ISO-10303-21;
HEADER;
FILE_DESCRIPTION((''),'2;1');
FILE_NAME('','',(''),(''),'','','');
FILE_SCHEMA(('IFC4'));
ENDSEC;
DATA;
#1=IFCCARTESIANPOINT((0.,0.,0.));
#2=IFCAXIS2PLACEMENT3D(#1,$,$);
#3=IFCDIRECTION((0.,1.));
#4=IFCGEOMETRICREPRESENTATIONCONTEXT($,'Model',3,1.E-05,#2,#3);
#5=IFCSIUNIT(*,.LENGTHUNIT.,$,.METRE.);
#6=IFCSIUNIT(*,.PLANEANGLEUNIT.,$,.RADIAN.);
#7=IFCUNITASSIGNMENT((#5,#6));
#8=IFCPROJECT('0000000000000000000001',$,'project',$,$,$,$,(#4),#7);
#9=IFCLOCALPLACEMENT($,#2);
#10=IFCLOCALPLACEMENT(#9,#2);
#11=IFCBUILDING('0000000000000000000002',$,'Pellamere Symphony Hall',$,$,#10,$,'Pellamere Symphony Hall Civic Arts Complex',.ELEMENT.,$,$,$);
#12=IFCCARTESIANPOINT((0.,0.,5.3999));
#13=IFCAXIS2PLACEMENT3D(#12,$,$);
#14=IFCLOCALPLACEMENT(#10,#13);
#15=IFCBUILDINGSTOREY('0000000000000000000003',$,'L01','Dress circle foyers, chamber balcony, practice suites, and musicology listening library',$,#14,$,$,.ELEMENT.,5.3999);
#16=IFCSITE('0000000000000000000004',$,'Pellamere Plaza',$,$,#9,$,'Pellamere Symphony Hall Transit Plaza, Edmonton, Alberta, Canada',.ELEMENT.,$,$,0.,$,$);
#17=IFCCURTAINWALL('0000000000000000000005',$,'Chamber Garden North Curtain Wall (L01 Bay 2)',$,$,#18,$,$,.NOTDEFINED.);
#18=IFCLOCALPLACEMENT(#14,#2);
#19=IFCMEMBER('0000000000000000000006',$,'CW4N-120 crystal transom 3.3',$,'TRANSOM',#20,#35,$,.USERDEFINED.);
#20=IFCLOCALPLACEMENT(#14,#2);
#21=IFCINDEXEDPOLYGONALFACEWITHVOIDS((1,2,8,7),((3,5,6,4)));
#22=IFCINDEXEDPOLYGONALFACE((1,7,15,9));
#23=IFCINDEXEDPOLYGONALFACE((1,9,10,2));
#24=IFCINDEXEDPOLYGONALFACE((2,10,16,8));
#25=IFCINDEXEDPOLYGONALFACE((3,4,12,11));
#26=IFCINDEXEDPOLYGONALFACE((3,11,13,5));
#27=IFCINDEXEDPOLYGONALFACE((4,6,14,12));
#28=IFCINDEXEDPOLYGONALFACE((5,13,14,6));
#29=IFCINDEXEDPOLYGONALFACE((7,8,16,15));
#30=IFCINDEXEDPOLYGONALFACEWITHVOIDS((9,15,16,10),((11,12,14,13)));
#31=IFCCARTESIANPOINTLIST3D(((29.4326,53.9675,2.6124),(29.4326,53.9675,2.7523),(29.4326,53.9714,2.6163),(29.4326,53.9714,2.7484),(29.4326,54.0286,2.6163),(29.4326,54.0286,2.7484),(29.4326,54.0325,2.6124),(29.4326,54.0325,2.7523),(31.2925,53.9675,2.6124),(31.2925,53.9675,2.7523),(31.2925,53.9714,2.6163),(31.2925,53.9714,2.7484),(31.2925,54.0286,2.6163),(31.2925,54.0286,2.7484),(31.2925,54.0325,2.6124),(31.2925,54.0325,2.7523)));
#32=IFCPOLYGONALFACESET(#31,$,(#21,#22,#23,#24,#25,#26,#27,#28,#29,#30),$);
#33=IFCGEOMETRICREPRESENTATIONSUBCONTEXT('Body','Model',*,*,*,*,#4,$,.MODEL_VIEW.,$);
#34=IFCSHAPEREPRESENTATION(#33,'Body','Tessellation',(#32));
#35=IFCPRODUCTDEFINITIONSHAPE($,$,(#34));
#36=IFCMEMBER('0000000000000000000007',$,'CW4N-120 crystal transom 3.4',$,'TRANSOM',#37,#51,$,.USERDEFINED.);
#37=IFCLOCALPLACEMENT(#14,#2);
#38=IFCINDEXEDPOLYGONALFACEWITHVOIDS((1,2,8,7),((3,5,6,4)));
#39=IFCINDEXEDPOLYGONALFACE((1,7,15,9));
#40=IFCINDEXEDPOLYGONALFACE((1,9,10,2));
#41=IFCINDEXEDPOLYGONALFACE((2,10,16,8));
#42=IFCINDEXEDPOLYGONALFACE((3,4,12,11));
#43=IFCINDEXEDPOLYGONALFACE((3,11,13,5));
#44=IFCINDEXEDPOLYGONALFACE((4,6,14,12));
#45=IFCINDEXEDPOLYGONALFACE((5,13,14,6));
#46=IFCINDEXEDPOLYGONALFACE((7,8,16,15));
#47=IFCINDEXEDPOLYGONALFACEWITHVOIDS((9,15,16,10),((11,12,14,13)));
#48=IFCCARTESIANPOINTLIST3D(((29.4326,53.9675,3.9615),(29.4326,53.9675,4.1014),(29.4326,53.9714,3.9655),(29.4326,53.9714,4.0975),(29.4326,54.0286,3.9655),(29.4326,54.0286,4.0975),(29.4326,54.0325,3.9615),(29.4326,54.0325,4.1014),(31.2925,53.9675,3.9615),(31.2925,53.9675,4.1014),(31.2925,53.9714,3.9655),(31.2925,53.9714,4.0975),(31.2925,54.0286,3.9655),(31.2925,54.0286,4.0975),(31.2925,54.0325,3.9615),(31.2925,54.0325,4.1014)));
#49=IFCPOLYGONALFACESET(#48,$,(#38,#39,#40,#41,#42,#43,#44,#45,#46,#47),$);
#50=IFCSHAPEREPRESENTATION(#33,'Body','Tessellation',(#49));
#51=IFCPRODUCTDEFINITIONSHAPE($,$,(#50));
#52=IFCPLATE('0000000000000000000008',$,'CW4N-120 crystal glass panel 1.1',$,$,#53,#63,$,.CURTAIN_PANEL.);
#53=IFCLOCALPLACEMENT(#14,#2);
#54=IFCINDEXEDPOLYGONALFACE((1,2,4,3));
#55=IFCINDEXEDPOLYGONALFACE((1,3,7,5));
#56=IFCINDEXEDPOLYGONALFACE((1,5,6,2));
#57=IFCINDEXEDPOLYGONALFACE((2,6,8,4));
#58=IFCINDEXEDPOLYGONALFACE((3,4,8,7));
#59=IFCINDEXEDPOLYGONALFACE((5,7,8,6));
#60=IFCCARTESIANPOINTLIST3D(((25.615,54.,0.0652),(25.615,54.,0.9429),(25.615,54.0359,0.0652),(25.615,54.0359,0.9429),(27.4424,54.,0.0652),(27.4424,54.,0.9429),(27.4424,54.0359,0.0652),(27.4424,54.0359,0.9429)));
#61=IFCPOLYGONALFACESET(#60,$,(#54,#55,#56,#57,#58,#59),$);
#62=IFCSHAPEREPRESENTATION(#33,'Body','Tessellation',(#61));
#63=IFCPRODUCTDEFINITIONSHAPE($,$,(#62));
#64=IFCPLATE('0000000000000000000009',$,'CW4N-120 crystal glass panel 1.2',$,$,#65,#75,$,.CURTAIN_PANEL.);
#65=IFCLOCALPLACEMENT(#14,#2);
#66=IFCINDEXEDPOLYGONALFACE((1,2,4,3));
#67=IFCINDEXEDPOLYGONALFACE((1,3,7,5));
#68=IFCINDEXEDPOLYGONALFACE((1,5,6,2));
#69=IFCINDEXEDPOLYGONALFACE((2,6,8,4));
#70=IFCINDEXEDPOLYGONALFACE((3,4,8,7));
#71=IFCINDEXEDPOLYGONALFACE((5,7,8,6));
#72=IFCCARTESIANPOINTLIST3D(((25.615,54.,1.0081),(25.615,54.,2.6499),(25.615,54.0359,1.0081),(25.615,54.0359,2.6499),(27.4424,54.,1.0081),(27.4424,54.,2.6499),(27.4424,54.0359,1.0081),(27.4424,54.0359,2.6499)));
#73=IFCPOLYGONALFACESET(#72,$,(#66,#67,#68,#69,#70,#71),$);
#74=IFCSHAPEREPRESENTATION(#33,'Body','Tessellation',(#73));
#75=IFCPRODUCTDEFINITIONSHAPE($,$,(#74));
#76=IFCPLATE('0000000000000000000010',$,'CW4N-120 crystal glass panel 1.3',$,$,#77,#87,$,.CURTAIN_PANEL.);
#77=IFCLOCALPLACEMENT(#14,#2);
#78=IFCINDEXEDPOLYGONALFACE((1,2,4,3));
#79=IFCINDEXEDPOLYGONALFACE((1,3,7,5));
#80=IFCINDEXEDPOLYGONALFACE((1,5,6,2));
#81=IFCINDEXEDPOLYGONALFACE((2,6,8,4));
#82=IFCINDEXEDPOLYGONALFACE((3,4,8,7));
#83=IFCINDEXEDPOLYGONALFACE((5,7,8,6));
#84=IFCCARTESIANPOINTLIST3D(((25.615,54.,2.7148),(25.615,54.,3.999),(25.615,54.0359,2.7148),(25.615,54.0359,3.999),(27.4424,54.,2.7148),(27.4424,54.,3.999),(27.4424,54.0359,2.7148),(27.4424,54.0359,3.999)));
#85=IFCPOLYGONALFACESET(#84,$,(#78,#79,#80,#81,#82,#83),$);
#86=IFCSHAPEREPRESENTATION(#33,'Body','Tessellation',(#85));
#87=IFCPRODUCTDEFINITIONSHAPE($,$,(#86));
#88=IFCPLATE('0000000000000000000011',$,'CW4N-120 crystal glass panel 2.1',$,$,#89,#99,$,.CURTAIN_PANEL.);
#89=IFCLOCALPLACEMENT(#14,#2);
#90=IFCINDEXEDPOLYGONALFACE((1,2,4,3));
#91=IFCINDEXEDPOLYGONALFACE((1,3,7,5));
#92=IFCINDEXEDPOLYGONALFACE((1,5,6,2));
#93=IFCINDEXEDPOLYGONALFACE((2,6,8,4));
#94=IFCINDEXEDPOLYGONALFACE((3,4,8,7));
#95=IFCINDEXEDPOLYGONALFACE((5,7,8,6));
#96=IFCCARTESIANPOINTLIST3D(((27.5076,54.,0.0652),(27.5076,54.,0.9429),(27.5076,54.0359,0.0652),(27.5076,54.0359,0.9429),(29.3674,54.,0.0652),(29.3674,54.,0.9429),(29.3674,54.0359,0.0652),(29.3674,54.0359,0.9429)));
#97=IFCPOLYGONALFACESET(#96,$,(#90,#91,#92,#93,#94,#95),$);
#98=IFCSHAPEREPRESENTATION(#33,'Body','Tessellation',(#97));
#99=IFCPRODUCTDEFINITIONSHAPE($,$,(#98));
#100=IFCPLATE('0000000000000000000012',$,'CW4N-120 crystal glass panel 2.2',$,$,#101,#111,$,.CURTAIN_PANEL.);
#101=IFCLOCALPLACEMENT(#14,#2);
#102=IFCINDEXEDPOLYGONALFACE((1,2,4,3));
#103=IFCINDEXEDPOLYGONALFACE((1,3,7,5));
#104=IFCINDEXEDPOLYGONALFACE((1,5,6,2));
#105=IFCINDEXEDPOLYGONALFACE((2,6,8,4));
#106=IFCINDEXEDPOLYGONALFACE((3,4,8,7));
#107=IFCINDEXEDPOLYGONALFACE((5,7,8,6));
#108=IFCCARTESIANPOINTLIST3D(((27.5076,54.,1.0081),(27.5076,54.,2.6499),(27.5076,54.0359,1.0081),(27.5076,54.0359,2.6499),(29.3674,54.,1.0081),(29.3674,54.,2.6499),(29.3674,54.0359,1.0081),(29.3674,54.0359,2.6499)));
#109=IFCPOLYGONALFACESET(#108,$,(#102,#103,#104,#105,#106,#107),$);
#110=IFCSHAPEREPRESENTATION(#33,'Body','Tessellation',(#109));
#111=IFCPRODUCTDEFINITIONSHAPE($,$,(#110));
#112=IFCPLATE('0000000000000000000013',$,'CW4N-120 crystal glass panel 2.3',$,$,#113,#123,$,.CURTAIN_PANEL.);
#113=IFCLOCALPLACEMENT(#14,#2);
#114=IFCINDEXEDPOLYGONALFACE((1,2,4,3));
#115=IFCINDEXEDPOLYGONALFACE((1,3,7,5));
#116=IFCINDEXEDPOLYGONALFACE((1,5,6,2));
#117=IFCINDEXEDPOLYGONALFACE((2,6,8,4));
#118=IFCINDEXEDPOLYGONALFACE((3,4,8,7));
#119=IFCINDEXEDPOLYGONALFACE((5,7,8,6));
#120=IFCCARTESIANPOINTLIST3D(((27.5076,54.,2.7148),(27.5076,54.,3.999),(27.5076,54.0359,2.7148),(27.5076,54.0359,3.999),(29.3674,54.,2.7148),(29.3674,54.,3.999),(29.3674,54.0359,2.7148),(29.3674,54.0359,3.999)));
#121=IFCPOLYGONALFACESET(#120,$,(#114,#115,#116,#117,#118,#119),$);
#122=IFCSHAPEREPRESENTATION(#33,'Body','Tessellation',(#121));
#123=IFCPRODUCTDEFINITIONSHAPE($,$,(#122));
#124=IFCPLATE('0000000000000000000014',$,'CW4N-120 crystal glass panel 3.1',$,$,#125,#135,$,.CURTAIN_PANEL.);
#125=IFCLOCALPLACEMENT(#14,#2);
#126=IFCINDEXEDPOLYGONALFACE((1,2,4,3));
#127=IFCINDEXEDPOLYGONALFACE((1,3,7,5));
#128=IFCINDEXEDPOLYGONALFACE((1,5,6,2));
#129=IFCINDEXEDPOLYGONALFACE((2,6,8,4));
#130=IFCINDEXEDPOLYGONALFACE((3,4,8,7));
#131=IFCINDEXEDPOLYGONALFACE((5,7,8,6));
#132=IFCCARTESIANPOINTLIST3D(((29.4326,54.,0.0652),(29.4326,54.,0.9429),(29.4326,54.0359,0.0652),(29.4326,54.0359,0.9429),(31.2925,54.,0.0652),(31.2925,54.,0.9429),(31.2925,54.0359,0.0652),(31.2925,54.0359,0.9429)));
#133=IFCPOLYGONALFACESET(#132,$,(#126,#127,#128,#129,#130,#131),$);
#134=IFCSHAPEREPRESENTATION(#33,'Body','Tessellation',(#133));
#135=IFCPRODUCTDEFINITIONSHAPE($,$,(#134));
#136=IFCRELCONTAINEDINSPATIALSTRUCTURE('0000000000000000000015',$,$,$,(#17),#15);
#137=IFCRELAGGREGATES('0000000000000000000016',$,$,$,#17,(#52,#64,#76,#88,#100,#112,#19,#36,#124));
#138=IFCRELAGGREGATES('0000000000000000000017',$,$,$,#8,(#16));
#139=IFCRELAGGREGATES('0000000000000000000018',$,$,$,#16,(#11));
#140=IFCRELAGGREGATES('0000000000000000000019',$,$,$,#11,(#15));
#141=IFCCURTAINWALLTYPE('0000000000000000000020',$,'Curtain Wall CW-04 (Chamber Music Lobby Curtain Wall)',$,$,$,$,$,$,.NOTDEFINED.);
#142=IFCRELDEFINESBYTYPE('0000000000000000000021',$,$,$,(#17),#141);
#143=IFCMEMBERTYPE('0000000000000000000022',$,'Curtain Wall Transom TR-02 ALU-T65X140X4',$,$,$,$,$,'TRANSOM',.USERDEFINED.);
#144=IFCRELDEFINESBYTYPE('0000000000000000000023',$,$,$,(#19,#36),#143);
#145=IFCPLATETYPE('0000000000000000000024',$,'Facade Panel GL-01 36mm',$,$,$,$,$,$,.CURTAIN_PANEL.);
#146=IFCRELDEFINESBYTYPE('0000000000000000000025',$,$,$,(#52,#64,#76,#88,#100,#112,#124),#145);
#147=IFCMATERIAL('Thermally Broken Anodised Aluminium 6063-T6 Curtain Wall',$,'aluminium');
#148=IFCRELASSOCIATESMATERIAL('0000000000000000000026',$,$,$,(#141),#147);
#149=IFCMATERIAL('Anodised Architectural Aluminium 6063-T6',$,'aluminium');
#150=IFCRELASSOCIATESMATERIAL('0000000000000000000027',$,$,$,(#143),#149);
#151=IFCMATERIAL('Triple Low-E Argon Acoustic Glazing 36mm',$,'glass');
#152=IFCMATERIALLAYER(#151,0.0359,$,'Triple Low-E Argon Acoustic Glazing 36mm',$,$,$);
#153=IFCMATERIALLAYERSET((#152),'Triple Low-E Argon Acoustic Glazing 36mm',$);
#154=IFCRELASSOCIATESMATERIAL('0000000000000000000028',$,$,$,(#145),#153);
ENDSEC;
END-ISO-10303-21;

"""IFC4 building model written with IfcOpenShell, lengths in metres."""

from ifc_helpers import new_model, si_unit, direction, frame, origin, origin_2d, place, context, subcontext, project, spatial, polyline, hollow_rectangle, outline, extrude, material, layer, layer_set, material_profile, profile_set, type_object, element, aggregate, save


model = new_model("IFC4")

# Units and contexts
model_context = context("Model", 3, precision=1e-05, world=origin(), true_north=direction((0.0, 1.0)))
body_context = subcontext(model_context, "Body", "Model", "MODEL_VIEW")
ifc_project = project(units=[si_unit("LENGTHUNIT", "METRE"), si_unit("PLANEANGLEUNIT", "RADIAN")], contexts=[model_context])

# Site, building, storey
site_placement = place(None, origin())
site = spatial("IfcSite", under=ifc_project, at=site_placement, Name="Pellamere Plaza", LongName="Pellamere Symphony Hall Transit Plaza, Edmonton, Alberta, Canada", CompositionType="ELEMENT", RefElevation=0.0)
building_placement = place(site_placement, origin())
building = spatial("IfcBuilding", under=site, at=building_placement, Name="Pellamere Symphony Hall", LongName="Pellamere Symphony Hall Civic Arts Complex", CompositionType="ELEMENT")
storey_placement = place(building_placement, frame((0.0, 0.0, 5.3999)))
storey = spatial("IfcBuildingStorey", under=building, at=storey_placement, Name="L01", Description="Dress circle foyers, chamber balcony, practice suites, and musicology listening library", CompositionType="ELEMENT", Elevation=5.3999)

# Curtain wall, members, plates
ifc_material_1 = material(Name="Thermally Broken Anodised Aluminium 6063-T6 Curtain Wall", Category="aluminium")
curtain_wall_type = type_object("IfcCurtainWallType", Name="Curtain Wall CW-04 (Chamber Music Lobby Curtain Wall)", PredefinedType="NOTDEFINED", material=ifc_material_1)
curtain_wall_placement = place(storey_placement, origin())
curtain_wall = element("IfcCurtainWall", 1, at=curtain_wall_placement, inside=storey, type_object=curtain_wall_type, Name="Chamber Garden North Curtain Wall (L01 Bay 2)", PredefinedType="NOTDEFINED")
ifc_material_2 = material(Name="Anodised Architectural Aluminium 6063-T6", Category="aluminium")
ifc_material_profile_1 = material_profile(ifc_material_2, hollow_rectangle(XDim=0.0649, YDim=0.1399, WallThickness=0.0039, at=origin_2d()), Name="ALU-T65X140X4")
ifc_profile_set_1 = profile_set([ifc_material_profile_1], Name="Anodised Architectural Aluminium 6063-T6")
member_type_1 = type_object("IfcMemberType", Name="Curtain Wall Transom TR-02 ALU-T65X140X4", ElementType="TRANSOM", PredefinedType="USERDEFINED", material=ifc_profile_set_1)
member_1_placement = place(storey_placement, frame((29.4326, 54.0, 2.6824), z_axis=(1.0, 0.0, 0.0), x_axis=(0.0, 1.0, 0.0)))
member_1 = element("IfcMember", 2, at=member_1_placement, type_object=member_type_1, Name="CW4N-120 crystal transom 3.3", ObjectType="TRANSOM", PredefinedType="USERDEFINED", context=body_context, shape_type="SweptSolid", body=[
    extrude(hollow_rectangle(XDim=0.0649, YDim=0.1399, WallThickness=0.0039, at=origin_2d()), origin(), (0.0, 0.0, 1.0), 1.8599),
])
member_2_placement = place(storey_placement, frame((29.4326, 54.0, 4.0315), z_axis=(1.0, 0.0, 0.0), x_axis=(0.0, 1.0, 0.0)))
member_2 = element("IfcMember", 3, at=member_2_placement, type_object=member_type_1, Name="CW4N-120 crystal transom 3.4", ObjectType="TRANSOM", PredefinedType="USERDEFINED", context=body_context, shape_type="SweptSolid", body=[
    extrude(hollow_rectangle(XDim=0.0649, YDim=0.1399, WallThickness=0.0039, at=origin_2d()), origin(), (0.0, 0.0, 1.0), 1.8599),
])
ifc_material_3 = material(Name="Triple Low-E Argon Acoustic Glazing 36mm", Category="glass")
ifc_layer = layer(ifc_material_3, 0.0359, Name="Triple Low-E Argon Acoustic Glazing 36mm")
ifc_layer_set = layer_set([ifc_layer], Name="Triple Low-E Argon Acoustic Glazing 36mm")
plate_type = type_object("IfcPlateType", Name="Facade Panel GL-01 36mm", PredefinedType="CURTAIN_PANEL", material=ifc_layer_set)
plate_1_placement = place(storey_placement, frame((25.615, 54.0, 0.0652), z_axis=(0.0, -1.0, 0.0), x_axis=(1.0, 0.0, 0.0)))
plate_1 = element("IfcPlate", 4, at=plate_1_placement, type_object=plate_type, Name="CW4N-120 crystal glass panel 1.1", PredefinedType="CURTAIN_PANEL", context=body_context, shape_type="SweptSolid", body=[
    extrude(outline(polyline([(0.0, 0.0), (1.8274, 0.0), (1.8274, 0.8777), (0.0, 0.8777), (0.0, 0.0)])), origin(), (0.0, 0.0, -1.0), 0.0359),
])
plate_2_placement = place(storey_placement, frame((25.615, 54.0, 1.0081), z_axis=(0.0, -1.0, 0.0), x_axis=(1.0, 0.0, 0.0)))
plate_2 = element("IfcPlate", 5, at=plate_2_placement, type_object=plate_type, Name="CW4N-120 crystal glass panel 1.2", PredefinedType="CURTAIN_PANEL", context=body_context, shape_type="SweptSolid", body=[
    extrude(outline(polyline([(0.0, 0.0), (1.8274, 0.0), (1.8274, 1.6418), (0.0, 1.6418), (0.0, 0.0)])), origin(), (0.0, 0.0, -1.0), 0.0359),
])
plate_3_placement = place(storey_placement, frame((25.615, 54.0, 2.7148), z_axis=(0.0, -1.0, 0.0), x_axis=(1.0, 0.0, 0.0)))
plate_3 = element("IfcPlate", 6, at=plate_3_placement, type_object=plate_type, Name="CW4N-120 crystal glass panel 1.3", PredefinedType="CURTAIN_PANEL", context=body_context, shape_type="SweptSolid", body=[
    extrude(outline(polyline([(0.0, 0.0), (1.8274, 0.0), (1.8274, 1.2842), (0.0, 1.2842), (0.0, 0.0)])), origin(), (0.0, 0.0, -1.0), 0.0359),
])
plate_4_placement = place(storey_placement, frame((27.5076, 54.0, 0.0652), z_axis=(0.0, -1.0, 0.0), x_axis=(1.0, 0.0, 0.0)))
plate_4 = element("IfcPlate", 7, at=plate_4_placement, type_object=plate_type, Name="CW4N-120 crystal glass panel 2.1", PredefinedType="CURTAIN_PANEL", context=body_context, shape_type="SweptSolid", body=[
    extrude(outline(polyline([(0.0, 0.0), (1.8599, 0.0), (1.8599, 0.8777), (0.0, 0.8777), (0.0, 0.0)])), origin(), (0.0, 0.0, -1.0), 0.0359),
])
plate_5_placement = place(storey_placement, frame((27.5076, 54.0, 1.0081), z_axis=(0.0, -1.0, 0.0), x_axis=(1.0, 0.0, 0.0)))
plate_5 = element("IfcPlate", 8, at=plate_5_placement, type_object=plate_type, Name="CW4N-120 crystal glass panel 2.2", PredefinedType="CURTAIN_PANEL", context=body_context, shape_type="SweptSolid", body=[
    extrude(outline(polyline([(0.0, 0.0), (1.8599, 0.0), (1.8599, 1.6418), (0.0, 1.6418), (0.0, 0.0)])), origin(), (0.0, 0.0, -1.0), 0.0359),
])
plate_6_placement = place(storey_placement, frame((27.5076, 54.0, 2.7148), z_axis=(0.0, -1.0, 0.0), x_axis=(1.0, 0.0, 0.0)))
plate_6 = element("IfcPlate", 9, at=plate_6_placement, type_object=plate_type, Name="CW4N-120 crystal glass panel 2.3", PredefinedType="CURTAIN_PANEL", context=body_context, shape_type="SweptSolid", body=[
    extrude(outline(polyline([(0.0, 0.0), (1.8599, 0.0), (1.8599, 1.2842), (0.0, 1.2842), (0.0, 0.0)])), origin(), (0.0, 0.0, -1.0), 0.0359),
])
plate_7_placement = place(storey_placement, frame((29.4326, 54.0, 0.0652), z_axis=(0.0, -1.0, 0.0), x_axis=(1.0, 0.0, 0.0)))
plate_7 = element("IfcPlate", 10, at=plate_7_placement, type_object=plate_type, Name="CW4N-120 crystal glass panel 3.1", PredefinedType="CURTAIN_PANEL", context=body_context, shape_type="SweptSolid", body=[
    extrude(outline(polyline([(0.0, 0.0), (1.8599, 0.0), (1.8599, 0.8777), (0.0, 0.8777), (0.0, 0.0)])), origin(), (0.0, 0.0, -1.0), 0.0359),
])
aggregate(curtain_wall, [plate_1, plate_2, plate_3, plate_4, plate_5, plate_6, member_1, member_2, plate_7])

save(model, "model.ifc")
